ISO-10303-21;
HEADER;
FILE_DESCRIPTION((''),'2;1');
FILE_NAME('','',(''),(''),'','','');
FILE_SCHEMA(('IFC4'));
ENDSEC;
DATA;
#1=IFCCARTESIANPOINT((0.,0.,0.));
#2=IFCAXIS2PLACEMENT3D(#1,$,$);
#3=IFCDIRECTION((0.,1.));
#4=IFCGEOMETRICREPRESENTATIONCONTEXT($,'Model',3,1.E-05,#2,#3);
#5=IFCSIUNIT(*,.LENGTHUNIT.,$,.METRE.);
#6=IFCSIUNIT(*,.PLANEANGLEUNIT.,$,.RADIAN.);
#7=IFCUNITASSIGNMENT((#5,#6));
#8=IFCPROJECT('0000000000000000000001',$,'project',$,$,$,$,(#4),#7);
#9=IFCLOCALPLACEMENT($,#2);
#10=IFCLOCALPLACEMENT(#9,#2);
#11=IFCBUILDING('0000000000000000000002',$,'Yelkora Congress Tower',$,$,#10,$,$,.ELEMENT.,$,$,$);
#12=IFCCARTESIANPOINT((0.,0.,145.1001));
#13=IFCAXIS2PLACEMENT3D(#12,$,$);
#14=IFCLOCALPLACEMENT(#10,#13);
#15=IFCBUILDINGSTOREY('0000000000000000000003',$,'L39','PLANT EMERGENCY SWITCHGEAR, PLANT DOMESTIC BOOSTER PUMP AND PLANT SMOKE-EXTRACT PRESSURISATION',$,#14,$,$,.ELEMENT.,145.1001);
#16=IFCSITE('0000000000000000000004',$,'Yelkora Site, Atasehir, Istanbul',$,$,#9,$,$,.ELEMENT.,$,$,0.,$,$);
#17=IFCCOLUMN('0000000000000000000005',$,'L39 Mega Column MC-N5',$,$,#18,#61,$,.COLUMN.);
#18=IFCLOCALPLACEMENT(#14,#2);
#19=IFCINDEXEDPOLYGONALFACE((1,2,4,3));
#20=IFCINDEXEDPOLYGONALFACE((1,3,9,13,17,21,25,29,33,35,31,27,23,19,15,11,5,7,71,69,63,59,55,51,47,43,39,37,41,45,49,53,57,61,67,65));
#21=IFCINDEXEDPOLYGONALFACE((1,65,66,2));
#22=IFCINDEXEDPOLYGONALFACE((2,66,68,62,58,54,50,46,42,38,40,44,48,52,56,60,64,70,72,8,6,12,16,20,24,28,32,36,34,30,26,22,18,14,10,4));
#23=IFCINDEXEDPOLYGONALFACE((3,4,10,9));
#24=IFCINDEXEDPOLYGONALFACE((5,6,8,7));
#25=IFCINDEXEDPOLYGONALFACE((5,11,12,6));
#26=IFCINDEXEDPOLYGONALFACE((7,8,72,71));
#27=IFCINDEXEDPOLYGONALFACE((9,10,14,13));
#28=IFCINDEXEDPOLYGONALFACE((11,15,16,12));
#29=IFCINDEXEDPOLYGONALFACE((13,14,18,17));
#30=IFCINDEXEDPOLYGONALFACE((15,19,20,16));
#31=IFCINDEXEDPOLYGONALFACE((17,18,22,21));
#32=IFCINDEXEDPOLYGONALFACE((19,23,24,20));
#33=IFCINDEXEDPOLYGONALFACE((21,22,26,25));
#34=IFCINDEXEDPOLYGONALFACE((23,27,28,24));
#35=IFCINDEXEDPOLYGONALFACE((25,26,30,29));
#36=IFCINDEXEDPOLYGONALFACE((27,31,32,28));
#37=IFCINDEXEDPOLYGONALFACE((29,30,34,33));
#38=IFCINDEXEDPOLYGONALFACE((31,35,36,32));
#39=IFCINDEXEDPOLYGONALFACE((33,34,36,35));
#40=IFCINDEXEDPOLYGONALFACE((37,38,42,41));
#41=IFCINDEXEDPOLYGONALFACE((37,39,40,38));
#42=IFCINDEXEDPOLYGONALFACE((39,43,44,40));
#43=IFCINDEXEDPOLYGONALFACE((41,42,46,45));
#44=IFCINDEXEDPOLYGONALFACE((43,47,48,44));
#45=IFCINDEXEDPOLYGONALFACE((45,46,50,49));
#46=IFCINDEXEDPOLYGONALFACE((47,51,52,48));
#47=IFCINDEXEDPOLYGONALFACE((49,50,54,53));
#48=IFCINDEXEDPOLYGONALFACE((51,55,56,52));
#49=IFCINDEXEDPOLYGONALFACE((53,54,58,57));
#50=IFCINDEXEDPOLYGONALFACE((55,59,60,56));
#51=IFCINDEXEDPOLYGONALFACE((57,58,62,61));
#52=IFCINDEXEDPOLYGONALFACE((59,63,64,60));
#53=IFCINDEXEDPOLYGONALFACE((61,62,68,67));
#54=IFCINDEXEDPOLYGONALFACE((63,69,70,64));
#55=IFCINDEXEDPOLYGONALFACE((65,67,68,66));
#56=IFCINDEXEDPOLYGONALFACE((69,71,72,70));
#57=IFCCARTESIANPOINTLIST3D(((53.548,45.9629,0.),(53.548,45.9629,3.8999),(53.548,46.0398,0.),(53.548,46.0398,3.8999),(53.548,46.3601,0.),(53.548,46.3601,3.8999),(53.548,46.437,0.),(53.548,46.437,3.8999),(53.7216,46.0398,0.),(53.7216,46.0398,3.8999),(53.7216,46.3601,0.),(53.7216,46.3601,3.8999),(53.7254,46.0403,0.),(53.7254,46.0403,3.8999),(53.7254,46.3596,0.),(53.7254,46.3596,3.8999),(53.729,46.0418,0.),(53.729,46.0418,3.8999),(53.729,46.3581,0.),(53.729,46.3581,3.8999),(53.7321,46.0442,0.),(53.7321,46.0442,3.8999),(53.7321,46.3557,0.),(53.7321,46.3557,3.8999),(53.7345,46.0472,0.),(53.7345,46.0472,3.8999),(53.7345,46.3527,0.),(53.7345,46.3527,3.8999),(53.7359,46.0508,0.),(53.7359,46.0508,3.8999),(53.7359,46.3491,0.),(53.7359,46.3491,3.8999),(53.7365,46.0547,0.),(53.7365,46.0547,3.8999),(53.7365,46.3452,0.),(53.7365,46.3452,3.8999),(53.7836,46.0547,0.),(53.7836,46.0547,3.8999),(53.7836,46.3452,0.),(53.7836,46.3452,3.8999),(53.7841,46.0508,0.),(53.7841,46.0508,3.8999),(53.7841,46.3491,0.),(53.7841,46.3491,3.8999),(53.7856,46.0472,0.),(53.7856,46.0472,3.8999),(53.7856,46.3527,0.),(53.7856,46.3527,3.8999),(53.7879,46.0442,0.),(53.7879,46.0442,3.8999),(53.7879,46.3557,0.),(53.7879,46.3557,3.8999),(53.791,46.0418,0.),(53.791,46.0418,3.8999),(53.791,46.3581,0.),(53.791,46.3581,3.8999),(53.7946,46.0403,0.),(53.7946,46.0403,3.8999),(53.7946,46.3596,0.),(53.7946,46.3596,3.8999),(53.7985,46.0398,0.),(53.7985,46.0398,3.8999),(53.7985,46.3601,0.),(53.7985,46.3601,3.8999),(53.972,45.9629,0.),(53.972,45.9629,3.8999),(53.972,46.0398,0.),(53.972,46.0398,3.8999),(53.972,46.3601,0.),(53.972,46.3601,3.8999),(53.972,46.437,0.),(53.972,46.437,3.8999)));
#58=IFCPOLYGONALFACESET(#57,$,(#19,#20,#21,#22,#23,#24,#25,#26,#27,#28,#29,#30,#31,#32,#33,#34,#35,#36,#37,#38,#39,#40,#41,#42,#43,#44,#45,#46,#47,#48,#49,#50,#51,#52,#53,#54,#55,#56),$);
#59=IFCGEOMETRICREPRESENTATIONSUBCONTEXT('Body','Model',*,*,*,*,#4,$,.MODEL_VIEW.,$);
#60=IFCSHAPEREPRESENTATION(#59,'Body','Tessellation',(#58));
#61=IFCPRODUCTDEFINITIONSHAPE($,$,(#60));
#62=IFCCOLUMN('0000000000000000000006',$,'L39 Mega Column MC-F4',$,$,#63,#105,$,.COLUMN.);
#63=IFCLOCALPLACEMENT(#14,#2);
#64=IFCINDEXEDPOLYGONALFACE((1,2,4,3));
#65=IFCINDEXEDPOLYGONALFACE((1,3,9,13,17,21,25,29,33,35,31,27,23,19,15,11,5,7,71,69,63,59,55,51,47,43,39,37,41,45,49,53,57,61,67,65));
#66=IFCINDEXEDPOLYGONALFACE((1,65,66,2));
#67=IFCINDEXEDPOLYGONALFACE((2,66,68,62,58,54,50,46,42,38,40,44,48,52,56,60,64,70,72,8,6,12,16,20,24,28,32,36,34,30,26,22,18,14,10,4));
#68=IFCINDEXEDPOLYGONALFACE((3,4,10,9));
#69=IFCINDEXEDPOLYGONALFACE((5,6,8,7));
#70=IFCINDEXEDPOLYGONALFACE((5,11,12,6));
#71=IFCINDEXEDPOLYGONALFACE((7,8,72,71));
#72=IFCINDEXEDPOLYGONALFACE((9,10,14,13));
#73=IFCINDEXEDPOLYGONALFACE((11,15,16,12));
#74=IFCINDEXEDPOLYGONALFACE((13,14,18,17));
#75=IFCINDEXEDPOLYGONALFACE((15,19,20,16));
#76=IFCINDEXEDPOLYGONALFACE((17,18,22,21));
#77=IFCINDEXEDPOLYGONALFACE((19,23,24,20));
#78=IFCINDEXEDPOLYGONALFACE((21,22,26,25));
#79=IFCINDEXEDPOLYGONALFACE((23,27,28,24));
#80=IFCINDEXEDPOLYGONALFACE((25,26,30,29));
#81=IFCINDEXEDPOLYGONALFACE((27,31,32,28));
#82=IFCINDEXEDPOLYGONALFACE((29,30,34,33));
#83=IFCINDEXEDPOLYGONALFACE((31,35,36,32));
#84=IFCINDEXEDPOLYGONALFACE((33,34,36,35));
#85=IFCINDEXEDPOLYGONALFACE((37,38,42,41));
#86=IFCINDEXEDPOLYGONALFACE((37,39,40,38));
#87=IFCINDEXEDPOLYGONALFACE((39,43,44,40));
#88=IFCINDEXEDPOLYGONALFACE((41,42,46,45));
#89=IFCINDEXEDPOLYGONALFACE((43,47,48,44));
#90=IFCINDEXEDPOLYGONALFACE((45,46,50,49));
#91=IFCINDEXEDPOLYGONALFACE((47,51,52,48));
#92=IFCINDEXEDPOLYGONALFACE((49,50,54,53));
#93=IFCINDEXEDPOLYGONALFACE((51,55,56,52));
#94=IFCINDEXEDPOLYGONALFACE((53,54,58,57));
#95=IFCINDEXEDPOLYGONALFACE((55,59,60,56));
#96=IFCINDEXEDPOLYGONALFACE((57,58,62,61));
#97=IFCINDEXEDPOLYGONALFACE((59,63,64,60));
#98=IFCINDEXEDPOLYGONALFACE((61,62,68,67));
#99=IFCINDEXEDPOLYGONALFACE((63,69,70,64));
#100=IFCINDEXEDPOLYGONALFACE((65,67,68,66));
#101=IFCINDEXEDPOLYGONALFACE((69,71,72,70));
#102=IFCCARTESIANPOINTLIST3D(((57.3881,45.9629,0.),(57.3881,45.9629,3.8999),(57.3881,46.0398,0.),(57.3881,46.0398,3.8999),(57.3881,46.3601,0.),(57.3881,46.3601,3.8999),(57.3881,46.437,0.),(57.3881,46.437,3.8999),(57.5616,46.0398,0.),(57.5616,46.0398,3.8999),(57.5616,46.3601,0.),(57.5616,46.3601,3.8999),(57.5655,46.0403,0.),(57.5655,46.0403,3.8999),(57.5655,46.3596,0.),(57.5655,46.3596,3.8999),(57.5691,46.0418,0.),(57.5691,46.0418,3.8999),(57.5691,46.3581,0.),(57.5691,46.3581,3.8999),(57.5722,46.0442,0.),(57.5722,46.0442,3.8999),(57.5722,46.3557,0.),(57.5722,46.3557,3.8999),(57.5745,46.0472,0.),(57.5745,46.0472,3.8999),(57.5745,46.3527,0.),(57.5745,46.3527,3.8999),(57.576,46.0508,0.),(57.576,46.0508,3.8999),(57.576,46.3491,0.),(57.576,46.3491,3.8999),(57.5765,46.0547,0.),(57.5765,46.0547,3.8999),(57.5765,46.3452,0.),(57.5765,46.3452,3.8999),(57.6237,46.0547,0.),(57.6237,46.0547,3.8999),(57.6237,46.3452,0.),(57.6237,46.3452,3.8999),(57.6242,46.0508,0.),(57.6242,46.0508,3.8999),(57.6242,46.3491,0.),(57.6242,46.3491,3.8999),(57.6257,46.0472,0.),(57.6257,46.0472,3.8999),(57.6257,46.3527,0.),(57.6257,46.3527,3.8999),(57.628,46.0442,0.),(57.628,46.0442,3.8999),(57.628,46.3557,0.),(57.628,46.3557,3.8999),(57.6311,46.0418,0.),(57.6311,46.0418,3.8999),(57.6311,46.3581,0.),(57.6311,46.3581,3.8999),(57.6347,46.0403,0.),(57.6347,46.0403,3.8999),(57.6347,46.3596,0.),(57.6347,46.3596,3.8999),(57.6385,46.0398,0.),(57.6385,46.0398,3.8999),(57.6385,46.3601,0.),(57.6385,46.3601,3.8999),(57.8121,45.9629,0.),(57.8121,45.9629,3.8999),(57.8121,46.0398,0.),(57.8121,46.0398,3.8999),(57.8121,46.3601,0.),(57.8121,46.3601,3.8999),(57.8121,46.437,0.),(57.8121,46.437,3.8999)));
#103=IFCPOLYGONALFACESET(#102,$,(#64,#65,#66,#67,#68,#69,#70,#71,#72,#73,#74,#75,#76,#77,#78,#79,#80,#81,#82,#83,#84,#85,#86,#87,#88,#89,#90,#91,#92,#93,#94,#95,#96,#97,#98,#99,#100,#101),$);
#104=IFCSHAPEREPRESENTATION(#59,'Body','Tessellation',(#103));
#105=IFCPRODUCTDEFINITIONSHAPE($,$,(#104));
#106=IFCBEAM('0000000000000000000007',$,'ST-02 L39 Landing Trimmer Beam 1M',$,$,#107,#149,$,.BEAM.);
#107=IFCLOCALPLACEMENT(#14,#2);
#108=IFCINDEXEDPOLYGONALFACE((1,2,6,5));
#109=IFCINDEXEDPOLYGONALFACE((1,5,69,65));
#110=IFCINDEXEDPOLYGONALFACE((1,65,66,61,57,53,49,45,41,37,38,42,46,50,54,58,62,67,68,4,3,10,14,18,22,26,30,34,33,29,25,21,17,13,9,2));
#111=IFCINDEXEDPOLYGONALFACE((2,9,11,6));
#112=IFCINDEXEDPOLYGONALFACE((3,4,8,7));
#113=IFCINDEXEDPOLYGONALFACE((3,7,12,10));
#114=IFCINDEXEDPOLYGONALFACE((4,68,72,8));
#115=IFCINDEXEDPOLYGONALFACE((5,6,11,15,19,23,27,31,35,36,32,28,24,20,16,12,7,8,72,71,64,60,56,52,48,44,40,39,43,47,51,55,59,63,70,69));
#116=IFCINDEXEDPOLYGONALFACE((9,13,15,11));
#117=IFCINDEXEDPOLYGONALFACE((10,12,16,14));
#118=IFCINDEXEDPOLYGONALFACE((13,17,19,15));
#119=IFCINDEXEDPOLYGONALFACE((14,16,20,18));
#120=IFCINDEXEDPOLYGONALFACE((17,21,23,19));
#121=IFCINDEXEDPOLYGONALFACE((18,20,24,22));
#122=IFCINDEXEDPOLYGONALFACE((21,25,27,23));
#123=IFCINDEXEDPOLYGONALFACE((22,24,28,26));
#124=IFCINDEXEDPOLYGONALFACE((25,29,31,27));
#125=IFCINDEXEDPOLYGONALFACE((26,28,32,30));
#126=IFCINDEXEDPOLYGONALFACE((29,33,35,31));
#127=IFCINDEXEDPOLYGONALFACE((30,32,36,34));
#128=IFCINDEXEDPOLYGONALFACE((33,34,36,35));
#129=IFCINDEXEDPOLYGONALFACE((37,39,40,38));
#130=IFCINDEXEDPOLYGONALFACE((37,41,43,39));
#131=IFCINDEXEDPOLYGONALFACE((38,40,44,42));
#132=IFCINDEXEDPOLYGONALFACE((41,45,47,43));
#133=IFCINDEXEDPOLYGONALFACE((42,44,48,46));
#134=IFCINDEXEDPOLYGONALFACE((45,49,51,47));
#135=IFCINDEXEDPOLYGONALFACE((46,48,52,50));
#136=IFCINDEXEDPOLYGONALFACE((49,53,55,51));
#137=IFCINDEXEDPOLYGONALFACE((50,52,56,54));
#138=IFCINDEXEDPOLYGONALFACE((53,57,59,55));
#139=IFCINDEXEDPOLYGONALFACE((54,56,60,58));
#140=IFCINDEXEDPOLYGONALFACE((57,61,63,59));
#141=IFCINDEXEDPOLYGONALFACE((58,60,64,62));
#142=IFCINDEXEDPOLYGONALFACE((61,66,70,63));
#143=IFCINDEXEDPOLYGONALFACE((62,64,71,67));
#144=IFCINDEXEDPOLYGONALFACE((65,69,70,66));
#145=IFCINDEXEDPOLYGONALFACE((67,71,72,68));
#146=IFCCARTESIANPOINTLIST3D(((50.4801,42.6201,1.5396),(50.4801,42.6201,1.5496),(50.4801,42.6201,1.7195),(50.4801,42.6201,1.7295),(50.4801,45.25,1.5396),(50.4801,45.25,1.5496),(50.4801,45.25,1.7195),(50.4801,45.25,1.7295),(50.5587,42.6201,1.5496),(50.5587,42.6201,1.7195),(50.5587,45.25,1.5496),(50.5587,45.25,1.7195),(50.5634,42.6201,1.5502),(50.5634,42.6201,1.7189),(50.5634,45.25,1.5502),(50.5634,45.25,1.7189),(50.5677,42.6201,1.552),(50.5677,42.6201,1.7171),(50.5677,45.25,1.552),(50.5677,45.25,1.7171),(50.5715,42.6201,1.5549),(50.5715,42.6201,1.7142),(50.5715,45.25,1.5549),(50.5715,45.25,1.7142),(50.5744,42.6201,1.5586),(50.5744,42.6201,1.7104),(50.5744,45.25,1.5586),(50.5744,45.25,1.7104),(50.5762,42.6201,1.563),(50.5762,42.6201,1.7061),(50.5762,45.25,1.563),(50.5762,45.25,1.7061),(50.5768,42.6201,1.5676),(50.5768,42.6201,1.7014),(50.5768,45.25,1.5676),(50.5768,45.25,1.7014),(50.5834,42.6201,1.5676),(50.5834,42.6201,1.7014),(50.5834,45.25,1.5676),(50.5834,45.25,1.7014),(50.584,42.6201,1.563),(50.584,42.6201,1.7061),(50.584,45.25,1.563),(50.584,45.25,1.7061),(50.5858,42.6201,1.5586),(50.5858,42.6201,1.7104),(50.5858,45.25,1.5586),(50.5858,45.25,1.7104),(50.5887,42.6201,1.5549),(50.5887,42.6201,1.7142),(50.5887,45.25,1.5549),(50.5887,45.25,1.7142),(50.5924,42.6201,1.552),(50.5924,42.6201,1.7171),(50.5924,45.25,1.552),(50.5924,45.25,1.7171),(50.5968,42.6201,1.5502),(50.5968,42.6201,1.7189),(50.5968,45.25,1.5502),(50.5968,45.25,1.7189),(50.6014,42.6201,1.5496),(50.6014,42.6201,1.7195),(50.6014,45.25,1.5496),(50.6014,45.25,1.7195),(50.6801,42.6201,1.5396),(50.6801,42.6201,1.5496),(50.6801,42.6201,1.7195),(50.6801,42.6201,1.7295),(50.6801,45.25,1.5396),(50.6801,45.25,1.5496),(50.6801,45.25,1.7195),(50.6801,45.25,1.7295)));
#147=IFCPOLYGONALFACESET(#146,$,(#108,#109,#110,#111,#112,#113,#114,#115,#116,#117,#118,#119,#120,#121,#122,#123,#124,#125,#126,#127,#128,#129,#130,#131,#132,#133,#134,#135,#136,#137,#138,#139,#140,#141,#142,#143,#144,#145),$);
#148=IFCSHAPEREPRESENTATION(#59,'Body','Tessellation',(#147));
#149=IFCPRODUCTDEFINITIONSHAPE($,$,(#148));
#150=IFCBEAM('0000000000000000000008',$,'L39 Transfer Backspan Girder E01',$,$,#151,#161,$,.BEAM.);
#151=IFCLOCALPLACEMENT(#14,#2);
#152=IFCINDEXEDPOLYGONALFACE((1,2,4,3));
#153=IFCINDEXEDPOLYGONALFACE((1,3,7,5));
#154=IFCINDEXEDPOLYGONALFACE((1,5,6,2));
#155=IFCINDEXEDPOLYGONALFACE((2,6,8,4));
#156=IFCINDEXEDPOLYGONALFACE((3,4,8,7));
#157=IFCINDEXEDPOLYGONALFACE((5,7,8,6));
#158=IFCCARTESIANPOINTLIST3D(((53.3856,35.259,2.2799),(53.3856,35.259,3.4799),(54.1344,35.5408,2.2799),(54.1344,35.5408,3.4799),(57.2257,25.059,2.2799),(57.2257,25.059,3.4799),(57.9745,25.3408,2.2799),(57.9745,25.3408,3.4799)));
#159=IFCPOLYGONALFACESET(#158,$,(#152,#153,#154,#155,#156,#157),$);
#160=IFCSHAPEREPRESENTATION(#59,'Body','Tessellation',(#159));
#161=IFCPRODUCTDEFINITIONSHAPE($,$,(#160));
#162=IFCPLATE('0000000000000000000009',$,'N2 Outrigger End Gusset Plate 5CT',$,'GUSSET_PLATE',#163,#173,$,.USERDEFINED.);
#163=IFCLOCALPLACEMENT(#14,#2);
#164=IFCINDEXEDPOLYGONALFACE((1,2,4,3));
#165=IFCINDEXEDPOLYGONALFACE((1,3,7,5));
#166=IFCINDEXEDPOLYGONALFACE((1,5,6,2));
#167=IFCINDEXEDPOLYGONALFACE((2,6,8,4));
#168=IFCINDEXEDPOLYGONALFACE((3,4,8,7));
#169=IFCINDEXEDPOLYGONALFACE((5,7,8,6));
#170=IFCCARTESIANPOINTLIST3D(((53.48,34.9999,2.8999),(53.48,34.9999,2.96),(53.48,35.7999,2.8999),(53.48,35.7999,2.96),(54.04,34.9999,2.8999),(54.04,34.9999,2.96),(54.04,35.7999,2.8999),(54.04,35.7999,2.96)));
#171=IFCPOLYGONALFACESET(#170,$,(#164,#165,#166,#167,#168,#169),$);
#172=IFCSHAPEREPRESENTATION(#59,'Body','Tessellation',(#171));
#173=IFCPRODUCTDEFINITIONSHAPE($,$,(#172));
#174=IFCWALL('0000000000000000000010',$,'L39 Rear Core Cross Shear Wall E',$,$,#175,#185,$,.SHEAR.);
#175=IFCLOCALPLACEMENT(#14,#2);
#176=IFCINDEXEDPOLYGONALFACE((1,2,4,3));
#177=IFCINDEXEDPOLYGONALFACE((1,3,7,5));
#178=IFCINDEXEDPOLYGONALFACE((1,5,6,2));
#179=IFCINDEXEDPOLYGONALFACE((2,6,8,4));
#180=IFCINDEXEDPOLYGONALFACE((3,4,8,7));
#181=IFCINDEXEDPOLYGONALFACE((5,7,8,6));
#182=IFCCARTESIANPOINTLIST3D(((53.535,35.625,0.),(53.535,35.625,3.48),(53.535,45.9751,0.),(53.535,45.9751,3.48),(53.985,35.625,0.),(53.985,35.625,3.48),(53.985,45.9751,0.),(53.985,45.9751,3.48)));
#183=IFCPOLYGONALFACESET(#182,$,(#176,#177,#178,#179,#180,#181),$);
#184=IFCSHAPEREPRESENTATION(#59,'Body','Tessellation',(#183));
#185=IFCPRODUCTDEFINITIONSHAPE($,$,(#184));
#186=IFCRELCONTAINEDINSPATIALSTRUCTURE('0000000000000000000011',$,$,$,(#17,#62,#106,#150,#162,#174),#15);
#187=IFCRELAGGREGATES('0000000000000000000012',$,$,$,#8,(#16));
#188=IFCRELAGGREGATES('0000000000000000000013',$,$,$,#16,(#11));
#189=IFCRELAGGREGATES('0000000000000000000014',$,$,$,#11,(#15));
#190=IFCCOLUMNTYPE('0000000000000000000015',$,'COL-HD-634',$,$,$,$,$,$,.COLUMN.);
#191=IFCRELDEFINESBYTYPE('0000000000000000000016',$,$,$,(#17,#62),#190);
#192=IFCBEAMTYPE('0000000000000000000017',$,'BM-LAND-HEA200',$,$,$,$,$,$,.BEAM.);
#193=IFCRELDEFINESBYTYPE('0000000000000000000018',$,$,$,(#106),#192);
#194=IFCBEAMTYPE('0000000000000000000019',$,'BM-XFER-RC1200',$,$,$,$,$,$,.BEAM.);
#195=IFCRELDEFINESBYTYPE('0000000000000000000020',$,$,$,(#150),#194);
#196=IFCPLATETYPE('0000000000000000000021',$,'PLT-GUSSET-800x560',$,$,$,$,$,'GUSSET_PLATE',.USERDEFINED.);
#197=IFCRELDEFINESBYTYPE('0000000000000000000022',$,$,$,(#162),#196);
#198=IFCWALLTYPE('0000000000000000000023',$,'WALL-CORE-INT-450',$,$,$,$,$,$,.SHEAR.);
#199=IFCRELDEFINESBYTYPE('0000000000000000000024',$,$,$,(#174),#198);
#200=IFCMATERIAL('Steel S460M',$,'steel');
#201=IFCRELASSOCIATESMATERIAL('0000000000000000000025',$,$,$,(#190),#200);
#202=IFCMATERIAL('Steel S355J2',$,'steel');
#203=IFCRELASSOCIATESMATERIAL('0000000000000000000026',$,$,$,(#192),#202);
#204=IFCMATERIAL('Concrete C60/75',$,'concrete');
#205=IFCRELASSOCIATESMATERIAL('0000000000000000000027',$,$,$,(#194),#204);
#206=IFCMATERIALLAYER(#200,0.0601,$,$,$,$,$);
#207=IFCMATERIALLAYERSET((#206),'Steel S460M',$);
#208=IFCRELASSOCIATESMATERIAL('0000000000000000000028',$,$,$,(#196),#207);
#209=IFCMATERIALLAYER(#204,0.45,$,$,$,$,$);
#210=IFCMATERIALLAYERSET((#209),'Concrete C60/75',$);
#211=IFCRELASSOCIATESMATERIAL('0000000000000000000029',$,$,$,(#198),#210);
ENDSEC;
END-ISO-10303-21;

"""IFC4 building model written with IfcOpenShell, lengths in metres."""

from ifc_helpers import new_model, si_unit, direction, frame, frame_2d, origin, origin_2d, place, context, subcontext, project, spatial, rectangle, i_section, extrude, material, layer, layer_set, material_profile, profile_set, type_object, element, save


model = new_model("IFC4")

# Units and contexts
model_context = context("Model", 3, precision=1e-05, world=origin(), true_north=direction((0.0, 1.0)))
body_context = subcontext(model_context, "Body", "Model", "MODEL_VIEW")
ifc_project = project(units=[si_unit("LENGTHUNIT", "METRE"), si_unit("PLANEANGLEUNIT", "RADIAN")], contexts=[model_context])

# Site, building, storey
site_placement = place(None, origin())
site = spatial("IfcSite", under=ifc_project, at=site_placement, Name="Yelkora Site, Atasehir, Istanbul", CompositionType="ELEMENT", RefElevation=0.0)
building_placement = place(site_placement, origin())
building = spatial("IfcBuilding", under=site, at=building_placement, Name="Yelkora Congress Tower", CompositionType="ELEMENT")
storey_placement = place(building_placement, frame((0.0, 0.0, 145.1001)))
storey = spatial("IfcBuildingStorey", under=building, at=storey_placement, Name="L39", Description="PLANT EMERGENCY SWITCHGEAR, PLANT DOMESTIC BOOSTER PUMP AND PLANT SMOKE-EXTRACT PRESSURISATION", CompositionType="ELEMENT", Elevation=145.1001)

# Columns
ifc_material_1 = material(Name="Steel S460M", Category="steel")
ifc_material_profile_1 = material_profile(ifc_material_1, i_section(OverallWidth=0.4241, OverallDepth=0.4741, WebThickness=0.0471, FlangeThickness=0.0769, FilletRadius=0.0149, at=origin_2d()), Name="HD 400x634")
ifc_profile_set_1 = profile_set([ifc_material_profile_1], Name="Steel S460M")
column_type = type_object("IfcColumnType", Name="COL-HD-634", PredefinedType="COLUMN", material=ifc_profile_set_1)
for number, where, z_axis, x_axis, name in (
    (1, (53.76, 46.2, 0.0), (0.0, 0.0, 1.0), (1.0, 0.0, 0.0), "L39 Mega Column MC-N5"),
    (2, (57.6001, 46.2, 0.0), (0.0, 0.0, 1.0), (1.0, 0.0, 0.0), "L39 Mega Column MC-F4"),
):
    element("IfcColumn", number, at=place(storey_placement, frame(where, z_axis=z_axis, x_axis=x_axis)), inside=storey, type_object=column_type, Name=name, PredefinedType="COLUMN", context=body_context, shape_type="SweptSolid", body=[
        extrude(i_section(OverallWidth=0.4241, OverallDepth=0.4741, WebThickness=0.0471, FlangeThickness=0.0769, FilletRadius=0.0149, at=origin_2d()), origin(), (0.0, 0.0, 1.0), 3.8999),
    ])

# Beams
ifc_material_2 = material(Name="Steel S355J2", Category="steel")
ifc_material_profile_2 = material_profile(ifc_material_2, i_section(OverallWidth=0.2, OverallDepth=0.1899, WebThickness=0.0066, FlangeThickness=0.01, FilletRadius=0.0181, at=origin_2d()), Name="HEA 200")
ifc_profile_set_2 = profile_set([ifc_material_profile_2], Name="Steel S355J2")
beam_type_1 = type_object("IfcBeamType", Name="BM-LAND-HEA200", PredefinedType="BEAM", material=ifc_profile_set_2)
beam_1_placement = place(storey_placement, frame((50.5801, 42.6201, 1.6345), z_axis=(0.0, 1.0, 0.0), x_axis=(-1.0, 0.0, 0.0)))
element("IfcBeam", 3, at=beam_1_placement, inside=storey, type_object=beam_type_1, Name="ST-02 L39 Landing Trimmer Beam 1M", PredefinedType="BEAM", context=body_context, shape_type="SweptSolid", body=[
    extrude(i_section(OverallWidth=0.2, OverallDepth=0.1899, WebThickness=0.0066, FlangeThickness=0.01, FilletRadius=0.0181, at=origin_2d()), origin(), (0.0, 0.0, 1.0), 2.6299),
])
ifc_material_3 = material(Name="Concrete C60/75", Category="concrete")
ifc_material_profile_3 = material_profile(ifc_material_3, rectangle(XDim=0.8, YDim=1.2, at=origin_2d()), Name="RC 800x1200")
ifc_profile_set_3 = profile_set([ifc_material_profile_3], Name="Concrete C60/75")
beam_type_2 = type_object("IfcBeamType", Name="BM-XFER-RC1200", PredefinedType="BEAM", material=ifc_profile_set_3)
beam_2_placement = place(storey_placement, frame((53.76, 35.3999, 2.8799), z_axis=(0.352338, -0.935873, 0.0), x_axis=(0.935873, 0.352338, 0.0)))
element("IfcBeam", 4, at=beam_2_placement, inside=storey, type_object=beam_type_2, Name="L39 Transfer Backspan Girder E01", PredefinedType="BEAM", context=body_context, shape_type="SweptSolid", body=[
    extrude(rectangle(XDim=0.8, YDim=1.2, at=origin_2d()), origin(), (0.0, 0.0, 1.0), 10.8989),
])

# Plate
ifc_layer_1 = layer(ifc_material_1, 0.0601)
ifc_layer_set_1 = layer_set([ifc_layer_1], Name="Steel S460M")
plate_type = type_object("IfcPlateType", Name="PLT-GUSSET-800x560", ElementType="GUSSET_PLATE", PredefinedType="USERDEFINED", material=ifc_layer_set_1)
plate_placement = place(storey_placement, frame((53.76, 35.3999, 2.8999), z_axis=(0.0, 0.0, 1.0), x_axis=(0.0, 1.0, 0.0)))
element("IfcPlate", 5, at=plate_placement, inside=storey, type_object=plate_type, Name="N2 Outrigger End Gusset Plate 5CT", ObjectType="GUSSET_PLATE", PredefinedType="USERDEFINED", context=body_context, shape_type="SweptSolid", body=[
    extrude(rectangle(XDim=0.8, YDim=0.5601, at=origin_2d()), origin(), (0.0, 0.0, 1.0), 0.0601),
])

# Wall
ifc_layer_2 = layer(ifc_material_3, 0.45)
ifc_layer_set_2 = layer_set([ifc_layer_2], Name="Concrete C60/75")
wall_type_1 = type_object("IfcWallType", Name="WALL-CORE-INT-450", PredefinedType="SHEAR", material=ifc_layer_set_2)
wall_1_placement = place(storey_placement, frame((53.76, 35.625, 0.0), z_axis=(0.0, 0.0, 1.0), x_axis=(0.0, 1.0, 0.0)))
element("IfcWall", 6, at=wall_1_placement, inside=storey, type_object=wall_type_1, Name="L39 Rear Core Cross Shear Wall E", PredefinedType="SHEAR", context=body_context, shape_type="SweptSolid", body=[
    extrude(rectangle(XDim=10.3501, YDim=0.45, at=frame_2d((5.175, 0.0))), origin(), (0.0, 0.0, 1.0), 3.48),
])

save(model, "model.ifc")
